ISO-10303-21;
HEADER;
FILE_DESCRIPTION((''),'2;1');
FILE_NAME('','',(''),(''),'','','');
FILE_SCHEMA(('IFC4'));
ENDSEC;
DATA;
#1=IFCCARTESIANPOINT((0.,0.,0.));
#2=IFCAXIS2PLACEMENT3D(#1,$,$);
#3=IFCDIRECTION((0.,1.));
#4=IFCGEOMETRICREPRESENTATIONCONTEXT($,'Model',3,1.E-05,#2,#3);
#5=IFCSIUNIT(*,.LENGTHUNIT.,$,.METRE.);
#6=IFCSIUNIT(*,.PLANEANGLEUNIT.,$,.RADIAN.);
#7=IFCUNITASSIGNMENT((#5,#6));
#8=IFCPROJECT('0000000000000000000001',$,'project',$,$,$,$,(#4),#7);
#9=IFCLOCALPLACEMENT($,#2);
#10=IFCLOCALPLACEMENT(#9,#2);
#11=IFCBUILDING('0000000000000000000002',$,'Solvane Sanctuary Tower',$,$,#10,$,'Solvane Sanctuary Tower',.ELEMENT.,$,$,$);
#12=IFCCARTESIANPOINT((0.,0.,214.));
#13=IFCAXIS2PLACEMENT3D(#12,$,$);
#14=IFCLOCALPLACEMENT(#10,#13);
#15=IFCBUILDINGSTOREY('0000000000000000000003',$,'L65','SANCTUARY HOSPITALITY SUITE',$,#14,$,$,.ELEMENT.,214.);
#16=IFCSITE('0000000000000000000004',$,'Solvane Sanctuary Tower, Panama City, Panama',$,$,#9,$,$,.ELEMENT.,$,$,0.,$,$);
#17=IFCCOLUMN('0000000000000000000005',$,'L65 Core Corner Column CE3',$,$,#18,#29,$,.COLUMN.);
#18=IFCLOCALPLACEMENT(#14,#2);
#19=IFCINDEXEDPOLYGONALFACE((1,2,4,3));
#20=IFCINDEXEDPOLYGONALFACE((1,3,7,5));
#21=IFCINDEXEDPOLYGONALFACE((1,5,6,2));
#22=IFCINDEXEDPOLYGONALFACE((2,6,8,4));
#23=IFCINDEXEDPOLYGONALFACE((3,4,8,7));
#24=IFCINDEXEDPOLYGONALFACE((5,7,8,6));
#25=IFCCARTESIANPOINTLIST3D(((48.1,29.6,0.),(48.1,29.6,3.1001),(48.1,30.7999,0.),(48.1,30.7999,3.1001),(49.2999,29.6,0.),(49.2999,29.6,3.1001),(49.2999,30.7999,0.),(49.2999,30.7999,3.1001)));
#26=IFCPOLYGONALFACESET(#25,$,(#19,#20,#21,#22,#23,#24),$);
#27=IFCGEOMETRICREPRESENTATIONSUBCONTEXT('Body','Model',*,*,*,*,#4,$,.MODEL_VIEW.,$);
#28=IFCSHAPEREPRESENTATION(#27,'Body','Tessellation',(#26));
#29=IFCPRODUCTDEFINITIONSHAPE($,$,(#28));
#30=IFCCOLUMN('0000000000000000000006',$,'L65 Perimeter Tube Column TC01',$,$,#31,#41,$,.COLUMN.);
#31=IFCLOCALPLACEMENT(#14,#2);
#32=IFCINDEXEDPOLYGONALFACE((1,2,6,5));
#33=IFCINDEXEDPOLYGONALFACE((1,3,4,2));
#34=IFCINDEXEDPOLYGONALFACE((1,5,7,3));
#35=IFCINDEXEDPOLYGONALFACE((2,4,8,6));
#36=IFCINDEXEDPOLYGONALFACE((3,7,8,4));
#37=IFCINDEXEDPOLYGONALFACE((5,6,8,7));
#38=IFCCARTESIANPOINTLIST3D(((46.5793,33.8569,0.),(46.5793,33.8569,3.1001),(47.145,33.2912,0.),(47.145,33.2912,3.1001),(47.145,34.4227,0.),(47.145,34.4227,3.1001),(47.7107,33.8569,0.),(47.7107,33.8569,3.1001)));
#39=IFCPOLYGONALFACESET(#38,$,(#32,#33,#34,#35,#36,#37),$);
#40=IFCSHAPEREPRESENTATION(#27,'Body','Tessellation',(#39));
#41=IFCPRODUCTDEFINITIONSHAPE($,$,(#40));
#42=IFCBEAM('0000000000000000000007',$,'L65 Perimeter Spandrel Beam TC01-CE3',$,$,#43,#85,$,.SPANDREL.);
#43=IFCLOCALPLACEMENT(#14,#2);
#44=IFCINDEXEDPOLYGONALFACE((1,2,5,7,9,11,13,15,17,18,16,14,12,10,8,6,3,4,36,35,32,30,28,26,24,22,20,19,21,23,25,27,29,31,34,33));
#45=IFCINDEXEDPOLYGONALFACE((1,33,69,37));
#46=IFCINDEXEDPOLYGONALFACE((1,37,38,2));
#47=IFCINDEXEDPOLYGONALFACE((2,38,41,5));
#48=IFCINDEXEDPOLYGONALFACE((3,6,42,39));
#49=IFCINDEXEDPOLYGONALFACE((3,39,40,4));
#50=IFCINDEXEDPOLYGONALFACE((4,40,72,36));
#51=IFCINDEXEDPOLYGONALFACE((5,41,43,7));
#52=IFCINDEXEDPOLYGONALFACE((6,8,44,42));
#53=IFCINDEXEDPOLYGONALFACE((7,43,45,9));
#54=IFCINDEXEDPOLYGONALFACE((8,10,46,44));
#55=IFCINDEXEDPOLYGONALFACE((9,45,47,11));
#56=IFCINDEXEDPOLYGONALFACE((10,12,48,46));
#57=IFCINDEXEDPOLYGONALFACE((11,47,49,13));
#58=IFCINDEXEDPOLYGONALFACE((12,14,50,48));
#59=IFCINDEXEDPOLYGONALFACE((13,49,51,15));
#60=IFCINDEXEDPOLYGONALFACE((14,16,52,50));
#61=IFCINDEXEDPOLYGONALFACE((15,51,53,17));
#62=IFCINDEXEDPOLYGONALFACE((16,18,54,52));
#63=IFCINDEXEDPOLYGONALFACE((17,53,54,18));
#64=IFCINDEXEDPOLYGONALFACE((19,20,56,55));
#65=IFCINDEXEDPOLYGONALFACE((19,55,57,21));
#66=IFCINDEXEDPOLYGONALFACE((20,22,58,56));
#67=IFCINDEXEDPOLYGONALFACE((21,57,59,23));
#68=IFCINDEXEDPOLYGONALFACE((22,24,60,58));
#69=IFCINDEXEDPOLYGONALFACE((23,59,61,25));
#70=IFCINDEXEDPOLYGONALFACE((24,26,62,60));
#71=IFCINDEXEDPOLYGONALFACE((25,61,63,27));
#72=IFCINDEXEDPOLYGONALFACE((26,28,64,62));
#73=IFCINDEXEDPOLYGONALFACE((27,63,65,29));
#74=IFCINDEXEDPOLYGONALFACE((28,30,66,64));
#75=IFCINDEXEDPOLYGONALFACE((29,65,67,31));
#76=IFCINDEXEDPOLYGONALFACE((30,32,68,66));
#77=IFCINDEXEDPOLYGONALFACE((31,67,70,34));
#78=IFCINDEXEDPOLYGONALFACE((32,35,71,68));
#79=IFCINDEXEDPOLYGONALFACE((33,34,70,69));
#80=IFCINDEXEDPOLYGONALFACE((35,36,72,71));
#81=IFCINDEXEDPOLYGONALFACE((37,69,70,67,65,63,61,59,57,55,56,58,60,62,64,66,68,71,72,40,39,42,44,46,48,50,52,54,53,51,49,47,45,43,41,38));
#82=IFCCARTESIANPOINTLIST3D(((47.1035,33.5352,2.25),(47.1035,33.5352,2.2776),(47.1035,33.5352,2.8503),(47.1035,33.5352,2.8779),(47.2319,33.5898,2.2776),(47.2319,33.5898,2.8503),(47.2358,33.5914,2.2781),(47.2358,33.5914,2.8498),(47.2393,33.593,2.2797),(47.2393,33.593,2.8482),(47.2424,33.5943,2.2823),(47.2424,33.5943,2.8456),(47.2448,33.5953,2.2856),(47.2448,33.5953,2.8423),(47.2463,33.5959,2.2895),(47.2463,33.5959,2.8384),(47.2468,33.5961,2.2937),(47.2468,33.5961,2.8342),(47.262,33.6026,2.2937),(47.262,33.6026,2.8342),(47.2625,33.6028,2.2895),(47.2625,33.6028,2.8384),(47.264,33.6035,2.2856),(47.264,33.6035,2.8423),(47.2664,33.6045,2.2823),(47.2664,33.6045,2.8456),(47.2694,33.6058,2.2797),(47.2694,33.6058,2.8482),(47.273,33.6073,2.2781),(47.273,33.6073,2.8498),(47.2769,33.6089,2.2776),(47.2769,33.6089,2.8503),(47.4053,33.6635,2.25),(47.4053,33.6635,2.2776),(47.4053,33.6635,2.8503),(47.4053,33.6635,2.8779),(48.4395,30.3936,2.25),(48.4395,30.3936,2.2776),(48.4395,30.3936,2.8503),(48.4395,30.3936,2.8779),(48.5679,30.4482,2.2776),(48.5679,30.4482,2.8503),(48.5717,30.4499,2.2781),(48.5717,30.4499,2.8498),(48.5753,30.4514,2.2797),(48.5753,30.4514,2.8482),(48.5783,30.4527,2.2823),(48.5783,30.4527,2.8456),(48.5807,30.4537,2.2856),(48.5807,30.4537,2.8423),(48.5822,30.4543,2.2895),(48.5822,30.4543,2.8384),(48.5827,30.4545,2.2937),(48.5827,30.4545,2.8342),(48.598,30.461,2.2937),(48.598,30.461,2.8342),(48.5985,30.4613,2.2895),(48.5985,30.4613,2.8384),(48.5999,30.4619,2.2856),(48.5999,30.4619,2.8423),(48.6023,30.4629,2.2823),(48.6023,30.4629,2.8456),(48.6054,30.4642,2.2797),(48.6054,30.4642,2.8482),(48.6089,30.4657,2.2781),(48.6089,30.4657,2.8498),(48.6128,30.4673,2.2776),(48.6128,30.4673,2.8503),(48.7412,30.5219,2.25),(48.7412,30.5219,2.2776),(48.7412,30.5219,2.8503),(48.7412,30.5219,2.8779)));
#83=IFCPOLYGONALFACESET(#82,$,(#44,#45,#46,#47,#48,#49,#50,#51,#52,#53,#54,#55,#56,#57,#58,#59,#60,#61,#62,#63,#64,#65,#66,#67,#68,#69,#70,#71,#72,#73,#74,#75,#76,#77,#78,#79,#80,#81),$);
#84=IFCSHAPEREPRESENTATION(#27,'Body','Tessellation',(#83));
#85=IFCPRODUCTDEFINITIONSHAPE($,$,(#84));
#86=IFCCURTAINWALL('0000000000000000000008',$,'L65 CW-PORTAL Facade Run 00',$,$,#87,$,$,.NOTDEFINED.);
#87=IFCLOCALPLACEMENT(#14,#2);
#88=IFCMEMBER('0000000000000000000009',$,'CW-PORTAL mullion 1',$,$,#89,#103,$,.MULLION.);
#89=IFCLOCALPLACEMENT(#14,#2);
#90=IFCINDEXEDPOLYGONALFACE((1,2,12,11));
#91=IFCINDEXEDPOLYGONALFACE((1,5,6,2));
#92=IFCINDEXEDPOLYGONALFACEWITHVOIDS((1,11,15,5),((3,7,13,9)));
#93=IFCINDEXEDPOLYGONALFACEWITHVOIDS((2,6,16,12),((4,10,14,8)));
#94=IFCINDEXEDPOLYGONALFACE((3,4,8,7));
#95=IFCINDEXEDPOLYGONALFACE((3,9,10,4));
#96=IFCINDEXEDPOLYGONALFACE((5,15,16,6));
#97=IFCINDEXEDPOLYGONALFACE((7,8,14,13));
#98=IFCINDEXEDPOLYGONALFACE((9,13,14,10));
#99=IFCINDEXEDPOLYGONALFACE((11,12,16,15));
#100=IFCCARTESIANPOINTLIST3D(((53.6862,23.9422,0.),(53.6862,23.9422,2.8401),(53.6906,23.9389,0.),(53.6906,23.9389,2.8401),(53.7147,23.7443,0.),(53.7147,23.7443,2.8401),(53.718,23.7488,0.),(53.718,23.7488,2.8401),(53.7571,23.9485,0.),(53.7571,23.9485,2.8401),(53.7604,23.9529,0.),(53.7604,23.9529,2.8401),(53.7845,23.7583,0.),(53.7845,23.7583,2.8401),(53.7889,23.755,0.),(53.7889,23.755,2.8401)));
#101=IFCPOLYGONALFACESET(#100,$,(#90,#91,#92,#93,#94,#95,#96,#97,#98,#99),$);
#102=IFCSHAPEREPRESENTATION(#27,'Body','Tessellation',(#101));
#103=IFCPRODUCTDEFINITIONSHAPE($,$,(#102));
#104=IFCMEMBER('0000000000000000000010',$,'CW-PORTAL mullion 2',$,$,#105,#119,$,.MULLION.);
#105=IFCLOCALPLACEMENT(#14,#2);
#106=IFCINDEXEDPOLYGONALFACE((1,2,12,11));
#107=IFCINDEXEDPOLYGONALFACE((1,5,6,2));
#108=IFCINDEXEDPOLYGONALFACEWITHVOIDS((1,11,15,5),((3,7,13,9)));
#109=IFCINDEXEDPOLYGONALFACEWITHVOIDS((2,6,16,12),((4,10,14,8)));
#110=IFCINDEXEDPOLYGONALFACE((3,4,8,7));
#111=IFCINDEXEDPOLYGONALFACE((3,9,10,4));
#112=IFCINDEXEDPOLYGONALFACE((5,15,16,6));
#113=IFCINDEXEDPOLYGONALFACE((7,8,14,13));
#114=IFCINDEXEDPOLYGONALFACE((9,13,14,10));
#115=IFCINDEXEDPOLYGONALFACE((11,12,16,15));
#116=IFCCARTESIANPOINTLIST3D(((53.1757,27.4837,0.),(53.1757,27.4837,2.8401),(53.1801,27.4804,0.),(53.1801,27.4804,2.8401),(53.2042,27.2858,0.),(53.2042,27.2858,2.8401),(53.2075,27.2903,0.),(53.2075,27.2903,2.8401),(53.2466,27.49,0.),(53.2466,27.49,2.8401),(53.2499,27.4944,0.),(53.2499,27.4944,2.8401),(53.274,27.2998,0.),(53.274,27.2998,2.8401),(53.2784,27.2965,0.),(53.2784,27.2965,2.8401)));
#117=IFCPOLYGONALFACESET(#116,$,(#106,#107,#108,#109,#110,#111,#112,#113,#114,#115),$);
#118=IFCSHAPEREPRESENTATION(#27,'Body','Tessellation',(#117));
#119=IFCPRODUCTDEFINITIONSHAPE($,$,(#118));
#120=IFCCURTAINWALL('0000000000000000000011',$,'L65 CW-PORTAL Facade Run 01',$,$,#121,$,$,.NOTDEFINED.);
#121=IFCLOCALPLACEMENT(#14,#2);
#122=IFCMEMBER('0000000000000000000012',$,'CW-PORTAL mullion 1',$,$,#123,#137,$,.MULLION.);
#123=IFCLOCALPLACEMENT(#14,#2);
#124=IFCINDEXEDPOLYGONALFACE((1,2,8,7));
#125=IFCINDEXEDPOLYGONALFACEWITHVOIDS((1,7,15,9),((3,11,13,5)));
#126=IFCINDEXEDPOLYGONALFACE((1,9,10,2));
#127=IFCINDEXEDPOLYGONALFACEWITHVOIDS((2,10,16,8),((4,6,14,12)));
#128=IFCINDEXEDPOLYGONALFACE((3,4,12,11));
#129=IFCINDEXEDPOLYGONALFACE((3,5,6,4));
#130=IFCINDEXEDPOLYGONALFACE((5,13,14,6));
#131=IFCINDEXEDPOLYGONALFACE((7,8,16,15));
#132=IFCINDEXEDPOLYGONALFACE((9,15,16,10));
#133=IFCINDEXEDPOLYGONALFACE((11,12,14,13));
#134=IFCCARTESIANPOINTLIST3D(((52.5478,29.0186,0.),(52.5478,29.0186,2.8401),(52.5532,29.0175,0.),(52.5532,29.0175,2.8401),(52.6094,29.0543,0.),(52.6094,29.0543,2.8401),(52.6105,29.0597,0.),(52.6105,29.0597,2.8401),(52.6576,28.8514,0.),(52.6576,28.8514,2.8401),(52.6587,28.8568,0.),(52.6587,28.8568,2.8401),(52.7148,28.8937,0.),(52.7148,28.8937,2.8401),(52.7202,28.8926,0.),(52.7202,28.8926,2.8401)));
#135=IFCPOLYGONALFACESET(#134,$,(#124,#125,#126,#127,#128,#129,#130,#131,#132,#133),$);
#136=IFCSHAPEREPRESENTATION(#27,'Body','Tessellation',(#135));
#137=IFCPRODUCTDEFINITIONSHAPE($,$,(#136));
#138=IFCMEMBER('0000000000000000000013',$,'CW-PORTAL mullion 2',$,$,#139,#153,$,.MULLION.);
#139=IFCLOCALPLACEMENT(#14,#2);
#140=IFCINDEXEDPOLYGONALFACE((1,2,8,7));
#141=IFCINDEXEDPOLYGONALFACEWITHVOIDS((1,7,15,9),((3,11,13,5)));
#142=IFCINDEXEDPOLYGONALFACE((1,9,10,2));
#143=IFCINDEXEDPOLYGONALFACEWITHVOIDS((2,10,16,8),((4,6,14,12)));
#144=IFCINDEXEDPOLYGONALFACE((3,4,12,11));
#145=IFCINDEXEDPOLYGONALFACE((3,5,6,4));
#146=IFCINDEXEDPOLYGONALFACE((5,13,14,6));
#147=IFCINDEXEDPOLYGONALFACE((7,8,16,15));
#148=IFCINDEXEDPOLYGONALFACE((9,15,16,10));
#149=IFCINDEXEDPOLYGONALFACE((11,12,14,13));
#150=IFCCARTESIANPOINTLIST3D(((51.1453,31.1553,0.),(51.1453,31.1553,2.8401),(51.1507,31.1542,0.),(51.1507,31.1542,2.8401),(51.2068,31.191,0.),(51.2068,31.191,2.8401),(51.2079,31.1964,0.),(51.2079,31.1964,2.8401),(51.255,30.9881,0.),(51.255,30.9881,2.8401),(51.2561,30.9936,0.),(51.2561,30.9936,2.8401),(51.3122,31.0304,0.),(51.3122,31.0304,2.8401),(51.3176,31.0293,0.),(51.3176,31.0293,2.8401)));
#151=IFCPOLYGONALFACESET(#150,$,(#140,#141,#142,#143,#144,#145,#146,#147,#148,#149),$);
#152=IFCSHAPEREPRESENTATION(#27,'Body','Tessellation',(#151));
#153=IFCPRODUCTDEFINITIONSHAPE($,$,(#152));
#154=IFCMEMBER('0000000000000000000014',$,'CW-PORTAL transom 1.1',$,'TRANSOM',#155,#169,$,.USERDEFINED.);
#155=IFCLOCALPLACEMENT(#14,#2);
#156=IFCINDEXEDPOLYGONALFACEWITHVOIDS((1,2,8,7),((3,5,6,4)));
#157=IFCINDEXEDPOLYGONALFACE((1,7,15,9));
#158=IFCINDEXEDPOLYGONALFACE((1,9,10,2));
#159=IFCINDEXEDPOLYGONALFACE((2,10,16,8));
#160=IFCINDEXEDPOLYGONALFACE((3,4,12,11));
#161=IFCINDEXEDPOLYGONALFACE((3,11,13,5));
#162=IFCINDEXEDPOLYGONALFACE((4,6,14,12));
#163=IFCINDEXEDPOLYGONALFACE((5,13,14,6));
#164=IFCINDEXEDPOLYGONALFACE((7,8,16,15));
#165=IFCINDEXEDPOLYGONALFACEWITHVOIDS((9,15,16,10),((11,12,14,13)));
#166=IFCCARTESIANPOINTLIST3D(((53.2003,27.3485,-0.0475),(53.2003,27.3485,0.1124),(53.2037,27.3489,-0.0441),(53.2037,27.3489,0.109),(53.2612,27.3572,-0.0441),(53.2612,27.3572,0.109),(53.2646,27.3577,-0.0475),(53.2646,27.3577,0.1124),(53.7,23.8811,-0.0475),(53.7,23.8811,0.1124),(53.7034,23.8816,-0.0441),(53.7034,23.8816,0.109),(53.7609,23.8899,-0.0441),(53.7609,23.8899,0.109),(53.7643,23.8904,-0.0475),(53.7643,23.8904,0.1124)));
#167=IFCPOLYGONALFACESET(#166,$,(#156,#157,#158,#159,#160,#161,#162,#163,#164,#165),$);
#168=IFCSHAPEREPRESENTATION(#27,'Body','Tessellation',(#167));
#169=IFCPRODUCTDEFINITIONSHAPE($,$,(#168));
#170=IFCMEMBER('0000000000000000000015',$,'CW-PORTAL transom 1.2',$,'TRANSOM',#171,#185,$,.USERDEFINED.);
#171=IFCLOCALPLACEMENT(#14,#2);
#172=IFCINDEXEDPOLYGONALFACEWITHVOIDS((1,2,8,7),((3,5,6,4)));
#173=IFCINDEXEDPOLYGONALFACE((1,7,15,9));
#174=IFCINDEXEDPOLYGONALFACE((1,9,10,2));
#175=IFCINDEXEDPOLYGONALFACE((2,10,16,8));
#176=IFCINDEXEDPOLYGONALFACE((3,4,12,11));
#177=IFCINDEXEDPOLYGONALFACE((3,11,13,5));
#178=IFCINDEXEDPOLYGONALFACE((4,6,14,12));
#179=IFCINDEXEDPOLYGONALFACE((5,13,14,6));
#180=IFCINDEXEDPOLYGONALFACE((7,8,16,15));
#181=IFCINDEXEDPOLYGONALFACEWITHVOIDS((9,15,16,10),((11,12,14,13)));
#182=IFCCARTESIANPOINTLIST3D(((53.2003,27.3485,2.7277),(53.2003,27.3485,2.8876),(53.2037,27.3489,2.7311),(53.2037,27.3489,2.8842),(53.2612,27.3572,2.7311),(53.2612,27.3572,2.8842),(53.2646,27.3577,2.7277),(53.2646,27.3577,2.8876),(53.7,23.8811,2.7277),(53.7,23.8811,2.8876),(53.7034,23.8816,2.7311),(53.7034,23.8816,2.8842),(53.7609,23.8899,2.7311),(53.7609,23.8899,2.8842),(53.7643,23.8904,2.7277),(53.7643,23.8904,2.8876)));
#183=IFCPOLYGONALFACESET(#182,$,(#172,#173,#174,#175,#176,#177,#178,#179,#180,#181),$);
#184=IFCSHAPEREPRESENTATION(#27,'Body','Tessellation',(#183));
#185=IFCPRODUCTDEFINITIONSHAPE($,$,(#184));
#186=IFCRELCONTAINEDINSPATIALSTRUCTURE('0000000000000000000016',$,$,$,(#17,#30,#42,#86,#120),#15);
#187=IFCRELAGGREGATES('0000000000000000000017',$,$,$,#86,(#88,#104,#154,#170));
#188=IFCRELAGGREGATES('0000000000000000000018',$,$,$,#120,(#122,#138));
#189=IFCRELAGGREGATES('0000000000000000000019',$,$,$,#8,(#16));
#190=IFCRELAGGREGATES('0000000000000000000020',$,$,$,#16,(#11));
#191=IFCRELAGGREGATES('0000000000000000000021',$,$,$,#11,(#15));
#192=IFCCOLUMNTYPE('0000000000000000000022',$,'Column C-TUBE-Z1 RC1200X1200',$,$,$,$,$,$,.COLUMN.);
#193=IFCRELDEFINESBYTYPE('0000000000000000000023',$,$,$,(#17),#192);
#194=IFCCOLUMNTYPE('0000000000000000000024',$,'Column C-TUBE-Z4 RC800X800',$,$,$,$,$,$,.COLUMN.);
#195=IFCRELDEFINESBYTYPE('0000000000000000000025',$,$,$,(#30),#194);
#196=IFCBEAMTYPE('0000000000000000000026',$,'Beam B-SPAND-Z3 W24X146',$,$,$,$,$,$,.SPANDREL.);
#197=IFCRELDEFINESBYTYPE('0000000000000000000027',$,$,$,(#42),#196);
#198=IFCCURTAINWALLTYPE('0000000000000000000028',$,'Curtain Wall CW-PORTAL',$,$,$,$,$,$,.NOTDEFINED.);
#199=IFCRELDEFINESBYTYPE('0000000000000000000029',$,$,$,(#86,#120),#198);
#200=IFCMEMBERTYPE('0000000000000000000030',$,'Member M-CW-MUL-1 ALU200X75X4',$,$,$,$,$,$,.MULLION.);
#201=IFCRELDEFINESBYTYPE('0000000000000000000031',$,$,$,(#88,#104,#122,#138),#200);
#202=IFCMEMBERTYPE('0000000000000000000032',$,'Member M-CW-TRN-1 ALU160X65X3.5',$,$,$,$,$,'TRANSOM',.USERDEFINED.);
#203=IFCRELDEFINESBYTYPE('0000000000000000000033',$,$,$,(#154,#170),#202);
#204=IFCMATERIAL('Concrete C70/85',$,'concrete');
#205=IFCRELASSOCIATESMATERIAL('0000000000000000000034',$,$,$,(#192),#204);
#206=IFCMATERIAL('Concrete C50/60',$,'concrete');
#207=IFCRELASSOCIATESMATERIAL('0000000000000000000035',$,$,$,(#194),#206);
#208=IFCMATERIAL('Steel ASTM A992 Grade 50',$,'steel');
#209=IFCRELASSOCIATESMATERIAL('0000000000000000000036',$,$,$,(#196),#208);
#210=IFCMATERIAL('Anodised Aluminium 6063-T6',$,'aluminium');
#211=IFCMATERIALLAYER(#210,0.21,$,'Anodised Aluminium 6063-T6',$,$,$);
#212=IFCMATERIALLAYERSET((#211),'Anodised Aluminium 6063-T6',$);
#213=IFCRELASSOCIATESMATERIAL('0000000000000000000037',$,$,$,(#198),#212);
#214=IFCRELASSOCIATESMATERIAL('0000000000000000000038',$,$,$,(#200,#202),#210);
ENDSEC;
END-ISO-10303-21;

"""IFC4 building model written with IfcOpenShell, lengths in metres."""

from ifc_helpers import new_model, si_unit, direction, frame, origin, origin_2d, place, context, subcontext, project, spatial, rectangle, hollow_rectangle, i_section, extrude, material, layer, layer_set, material_profile, profile_set, type_object, element, aggregate, save


model = new_model("IFC4")

# Units and contexts
model_context = context("Model", 3, precision=1e-05, world=origin(), true_north=direction((0.0, 1.0)))
body_context = subcontext(model_context, "Body", "Model", "MODEL_VIEW")
ifc_project = project(units=[si_unit("LENGTHUNIT", "METRE"), si_unit("PLANEANGLEUNIT", "RADIAN")], contexts=[model_context])

# Site, building, storey
site_placement = place(None, origin())
site = spatial("IfcSite", under=ifc_project, at=site_placement, Name="Solvane Sanctuary Tower, Panama City, Panama", CompositionType="ELEMENT", RefElevation=0.0)
building_placement = place(site_placement, origin())
building = spatial("IfcBuilding", under=site, at=building_placement, Name="Solvane Sanctuary Tower", LongName="Solvane Sanctuary Tower", CompositionType="ELEMENT")
storey_placement = place(building_placement, frame((0.0, 0.0, 214.0)))
storey = spatial("IfcBuildingStorey", under=building, at=storey_placement, Name="L65", Description="SANCTUARY HOSPITALITY SUITE", CompositionType="ELEMENT", Elevation=214.0)

# Columns
ifc_material_1 = material(Name="Concrete C70/85", Category="concrete")
ifc_material_profile_1 = material_profile(ifc_material_1, rectangle(XDim=1.2, YDim=1.2, at=origin_2d()), Name="RC1200X1200")
ifc_profile_set_1 = profile_set([ifc_material_profile_1], Name="Concrete C70/85")
column_type_1 = type_object("IfcColumnType", Name="Column C-TUBE-Z1 RC1200X1200", PredefinedType="COLUMN", material=ifc_profile_set_1)
column_1_placement = place(storey_placement, frame((48.7, 30.2, 0.0), z_axis=(0.0, 0.0, 1.0), x_axis=(1.0, 0.0, 0.0)))
element("IfcColumn", 1, at=column_1_placement, inside=storey, type_object=column_type_1, Name="L65 Core Corner Column CE3", PredefinedType="COLUMN", context=body_context, shape_type="SweptSolid", body=[
    extrude(rectangle(XDim=1.2, YDim=1.2, at=origin_2d()), origin(), (0.0, 0.0, 1.0), 3.1001),
])
ifc_material_2 = material(Name="Concrete C50/60", Category="concrete")
ifc_material_profile_2 = material_profile(ifc_material_2, rectangle(XDim=0.8, YDim=0.8, at=origin_2d()), Name="RC800X800")
ifc_profile_set_2 = profile_set([ifc_material_profile_2], Name="Concrete C50/60")
column_type_2 = type_object("IfcColumnType", Name="Column C-TUBE-Z4 RC800X800", PredefinedType="COLUMN", material=ifc_profile_set_2)
column_2_placement = place(storey_placement, frame((47.145, 33.8569, 0.0), z_axis=(0.0, 0.0, 1.0), x_axis=(0.707107, 0.707107, 0.0)))
element("IfcColumn", 2, at=column_2_placement, inside=storey, type_object=column_type_2, Name="L65 Perimeter Tube Column TC01", PredefinedType="COLUMN", context=body_context, shape_type="SweptSolid", body=[
    extrude(rectangle(XDim=0.8, YDim=0.8, at=origin_2d()), origin(), (0.0, 0.0, 1.0), 3.1001),
])

# Beam
ifc_material_3 = material(Name="Steel ASTM A992 Grade 50", Category="steel")
ifc_material_profile_3 = material_profile(ifc_material_3, i_section(OverallWidth=0.3279, OverallDepth=0.6279, WebThickness=0.0166, FlangeThickness=0.0276, FilletRadius=0.0161, at=origin_2d()), Name="W24X146")
ifc_profile_set_3 = profile_set([ifc_material_profile_3], Name="Steel ASTM A992 Grade 50")
beam_type = type_object("IfcBeamType", Name="Beam B-SPAND-Z3 W24X146", PredefinedType="SPANDREL", material=ifc_profile_set_3)
beam_placement = place(storey_placement, frame((47.2544, 33.5994, 2.564), z_axis=(0.391328, -0.920251, 0.0), x_axis=(0.920251, 0.391328, 0.0)))
element("IfcBeam", 3, at=beam_placement, inside=storey, type_object=beam_type, Name="L65 Perimeter Spandrel Beam TC01-CE3", PredefinedType="SPANDREL", context=body_context, shape_type="SweptSolid", body=[
    extrude(i_section(OverallWidth=0.3279, OverallDepth=0.6279, WebThickness=0.0166, FlangeThickness=0.0276, FilletRadius=0.0161, at=origin_2d()), origin(), (0.0, 0.0, 1.0), 3.4138),
])

# Curtain walls, members
ifc_material_4 = material(Name="Anodised Aluminium 6063-T6", Category="aluminium")
ifc_layer_1 = layer(ifc_material_4, 0.21, Name="Anodised Aluminium 6063-T6")
ifc_layer_set_1 = layer_set([ifc_layer_1], Name="Anodised Aluminium 6063-T6")
curtain_wall_type = type_object("IfcCurtainWallType", Name="Curtain Wall CW-PORTAL", PredefinedType="NOTDEFINED", material=ifc_layer_set_1)
curtain_wall_1_placement = place(storey_placement, origin())
curtain_wall_1 = element("IfcCurtainWall", 4, at=curtain_wall_1_placement, inside=storey, type_object=curtain_wall_type, Name="L65 CW-PORTAL Facade Run 00", PredefinedType="NOTDEFINED")
ifc_material_profile_4 = material_profile(ifc_material_4, hollow_rectangle(XDim=0.075, YDim=0.2, WallThickness=0.0039, at=origin_2d()), Name="ALU200X75X4")
ifc_profile_set_4 = profile_set([ifc_material_profile_4], Name="Anodised Aluminium 6063-T6")
member_type_1 = type_object("IfcMemberType", Name="Member M-CW-MUL-1 ALU200X75X4", PredefinedType="MULLION", material=ifc_profile_set_4)
member_1_placement = place(storey_placement, frame((53.7375, 23.8486, 0.0), z_axis=(0.0, 0.0, 1.0), x_axis=(-0.989765, -0.142705, 0.0)))
member_1 = element("IfcMember", 5, at=member_1_placement, type_object=member_type_1, Name="CW-PORTAL mullion 1", PredefinedType="MULLION", context=body_context, shape_type="SweptSolid", body=[
    extrude(hollow_rectangle(XDim=0.075, YDim=0.2, WallThickness=0.0039, at=origin_2d()), origin(), (0.0, 0.0, 1.0), 2.8401),
])
member_2_placement = place(storey_placement, frame((53.2271, 27.3901, 0.0), z_axis=(0.0, 0.0, 1.0), x_axis=(-0.989765, -0.142705, 0.0)))
member_2 = element("IfcMember", 6, at=member_2_placement, type_object=member_type_1, Name="CW-PORTAL mullion 2", PredefinedType="MULLION", context=body_context, shape_type="SweptSolid", body=[
    extrude(hollow_rectangle(XDim=0.075, YDim=0.2, WallThickness=0.0039, at=origin_2d()), origin(), (0.0, 0.0, 1.0), 2.8401),
])
curtain_wall_2_placement = place(storey_placement, origin())
curtain_wall_2 = element("IfcCurtainWall", 7, at=curtain_wall_2_placement, inside=storey, type_object=curtain_wall_type, Name="L65 CW-PORTAL Facade Run 01", PredefinedType="NOTDEFINED")
member_3_placement = place(storey_placement, frame((52.634, 28.9556, 0.0), z_axis=(0.0, 0.0, 1.0), x_axis=(-0.835959, -0.548792, 0.0)))
member_3 = element("IfcMember", 8, at=member_3_placement, type_object=member_type_1, Name="CW-PORTAL mullion 1", PredefinedType="MULLION", context=body_context, shape_type="SweptSolid", body=[
    extrude(hollow_rectangle(XDim=0.075, YDim=0.2, WallThickness=0.0039, at=origin_2d()), origin(), (0.0, 0.0, 1.0), 2.8401),
])
member_4_placement = place(storey_placement, frame((51.2314, 31.0923, 0.0), z_axis=(0.0, 0.0, 1.0), x_axis=(-0.835959, -0.548792, 0.0)))
member_4 = element("IfcMember", 9, at=member_4_placement, type_object=member_type_1, Name="CW-PORTAL mullion 2", PredefinedType="MULLION", context=body_context, shape_type="SweptSolid", body=[
    extrude(hollow_rectangle(XDim=0.075, YDim=0.2, WallThickness=0.0039, at=origin_2d()), origin(), (0.0, 0.0, 1.0), 2.8401),
])

# Members
ifc_material_profile_5 = material_profile(ifc_material_4, hollow_rectangle(XDim=0.0649, YDim=0.1599, WallThickness=0.0034, at=origin_2d()), Name="ALU160X65X3.5")
ifc_profile_set_5 = profile_set([ifc_material_profile_5], Name="Anodised Aluminium 6063-T6")
member_type_2 = type_object("IfcMemberType", Name="Member M-CW-TRN-1 ALU160X65X3.5", ElementType="TRANSOM", PredefinedType="USERDEFINED", material=ifc_profile_set_5)
member_5_placement = place(storey_placement, frame((53.7322, 23.8857, 0.0325), z_axis=(-0.14266, 0.989772, 0.0), x_axis=(-0.989772, -0.14266, 0.0)))
member_5 = element("IfcMember", 10, at=member_5_placement, type_object=member_type_2, Name="CW-PORTAL transom 1.1", ObjectType="TRANSOM", PredefinedType="USERDEFINED", context=body_context, shape_type="SweptSolid", body=[
    extrude(hollow_rectangle(XDim=0.0649, YDim=0.1599, WallThickness=0.0034, at=origin_2d()), origin(), (0.0, 0.0, 1.0), 3.5032),
])
member_6_placement = place(storey_placement, frame((53.7322, 23.8857, 2.8076), z_axis=(-0.14266, 0.989772, 0.0), x_axis=(-0.989772, -0.14266, 0.0)))
member_6 = element("IfcMember", 11, at=member_6_placement, type_object=member_type_2, Name="CW-PORTAL transom 1.2", ObjectType="TRANSOM", PredefinedType="USERDEFINED", context=body_context, shape_type="SweptSolid", body=[
    extrude(hollow_rectangle(XDim=0.0649, YDim=0.1599, WallThickness=0.0034, at=origin_2d()), origin(), (0.0, 0.0, 1.0), 3.5032),
])

aggregate(curtain_wall_1, [member_1, member_2, member_5, member_6])
aggregate(curtain_wall_2, [member_3, member_4])

save(model, "model.ifc")
